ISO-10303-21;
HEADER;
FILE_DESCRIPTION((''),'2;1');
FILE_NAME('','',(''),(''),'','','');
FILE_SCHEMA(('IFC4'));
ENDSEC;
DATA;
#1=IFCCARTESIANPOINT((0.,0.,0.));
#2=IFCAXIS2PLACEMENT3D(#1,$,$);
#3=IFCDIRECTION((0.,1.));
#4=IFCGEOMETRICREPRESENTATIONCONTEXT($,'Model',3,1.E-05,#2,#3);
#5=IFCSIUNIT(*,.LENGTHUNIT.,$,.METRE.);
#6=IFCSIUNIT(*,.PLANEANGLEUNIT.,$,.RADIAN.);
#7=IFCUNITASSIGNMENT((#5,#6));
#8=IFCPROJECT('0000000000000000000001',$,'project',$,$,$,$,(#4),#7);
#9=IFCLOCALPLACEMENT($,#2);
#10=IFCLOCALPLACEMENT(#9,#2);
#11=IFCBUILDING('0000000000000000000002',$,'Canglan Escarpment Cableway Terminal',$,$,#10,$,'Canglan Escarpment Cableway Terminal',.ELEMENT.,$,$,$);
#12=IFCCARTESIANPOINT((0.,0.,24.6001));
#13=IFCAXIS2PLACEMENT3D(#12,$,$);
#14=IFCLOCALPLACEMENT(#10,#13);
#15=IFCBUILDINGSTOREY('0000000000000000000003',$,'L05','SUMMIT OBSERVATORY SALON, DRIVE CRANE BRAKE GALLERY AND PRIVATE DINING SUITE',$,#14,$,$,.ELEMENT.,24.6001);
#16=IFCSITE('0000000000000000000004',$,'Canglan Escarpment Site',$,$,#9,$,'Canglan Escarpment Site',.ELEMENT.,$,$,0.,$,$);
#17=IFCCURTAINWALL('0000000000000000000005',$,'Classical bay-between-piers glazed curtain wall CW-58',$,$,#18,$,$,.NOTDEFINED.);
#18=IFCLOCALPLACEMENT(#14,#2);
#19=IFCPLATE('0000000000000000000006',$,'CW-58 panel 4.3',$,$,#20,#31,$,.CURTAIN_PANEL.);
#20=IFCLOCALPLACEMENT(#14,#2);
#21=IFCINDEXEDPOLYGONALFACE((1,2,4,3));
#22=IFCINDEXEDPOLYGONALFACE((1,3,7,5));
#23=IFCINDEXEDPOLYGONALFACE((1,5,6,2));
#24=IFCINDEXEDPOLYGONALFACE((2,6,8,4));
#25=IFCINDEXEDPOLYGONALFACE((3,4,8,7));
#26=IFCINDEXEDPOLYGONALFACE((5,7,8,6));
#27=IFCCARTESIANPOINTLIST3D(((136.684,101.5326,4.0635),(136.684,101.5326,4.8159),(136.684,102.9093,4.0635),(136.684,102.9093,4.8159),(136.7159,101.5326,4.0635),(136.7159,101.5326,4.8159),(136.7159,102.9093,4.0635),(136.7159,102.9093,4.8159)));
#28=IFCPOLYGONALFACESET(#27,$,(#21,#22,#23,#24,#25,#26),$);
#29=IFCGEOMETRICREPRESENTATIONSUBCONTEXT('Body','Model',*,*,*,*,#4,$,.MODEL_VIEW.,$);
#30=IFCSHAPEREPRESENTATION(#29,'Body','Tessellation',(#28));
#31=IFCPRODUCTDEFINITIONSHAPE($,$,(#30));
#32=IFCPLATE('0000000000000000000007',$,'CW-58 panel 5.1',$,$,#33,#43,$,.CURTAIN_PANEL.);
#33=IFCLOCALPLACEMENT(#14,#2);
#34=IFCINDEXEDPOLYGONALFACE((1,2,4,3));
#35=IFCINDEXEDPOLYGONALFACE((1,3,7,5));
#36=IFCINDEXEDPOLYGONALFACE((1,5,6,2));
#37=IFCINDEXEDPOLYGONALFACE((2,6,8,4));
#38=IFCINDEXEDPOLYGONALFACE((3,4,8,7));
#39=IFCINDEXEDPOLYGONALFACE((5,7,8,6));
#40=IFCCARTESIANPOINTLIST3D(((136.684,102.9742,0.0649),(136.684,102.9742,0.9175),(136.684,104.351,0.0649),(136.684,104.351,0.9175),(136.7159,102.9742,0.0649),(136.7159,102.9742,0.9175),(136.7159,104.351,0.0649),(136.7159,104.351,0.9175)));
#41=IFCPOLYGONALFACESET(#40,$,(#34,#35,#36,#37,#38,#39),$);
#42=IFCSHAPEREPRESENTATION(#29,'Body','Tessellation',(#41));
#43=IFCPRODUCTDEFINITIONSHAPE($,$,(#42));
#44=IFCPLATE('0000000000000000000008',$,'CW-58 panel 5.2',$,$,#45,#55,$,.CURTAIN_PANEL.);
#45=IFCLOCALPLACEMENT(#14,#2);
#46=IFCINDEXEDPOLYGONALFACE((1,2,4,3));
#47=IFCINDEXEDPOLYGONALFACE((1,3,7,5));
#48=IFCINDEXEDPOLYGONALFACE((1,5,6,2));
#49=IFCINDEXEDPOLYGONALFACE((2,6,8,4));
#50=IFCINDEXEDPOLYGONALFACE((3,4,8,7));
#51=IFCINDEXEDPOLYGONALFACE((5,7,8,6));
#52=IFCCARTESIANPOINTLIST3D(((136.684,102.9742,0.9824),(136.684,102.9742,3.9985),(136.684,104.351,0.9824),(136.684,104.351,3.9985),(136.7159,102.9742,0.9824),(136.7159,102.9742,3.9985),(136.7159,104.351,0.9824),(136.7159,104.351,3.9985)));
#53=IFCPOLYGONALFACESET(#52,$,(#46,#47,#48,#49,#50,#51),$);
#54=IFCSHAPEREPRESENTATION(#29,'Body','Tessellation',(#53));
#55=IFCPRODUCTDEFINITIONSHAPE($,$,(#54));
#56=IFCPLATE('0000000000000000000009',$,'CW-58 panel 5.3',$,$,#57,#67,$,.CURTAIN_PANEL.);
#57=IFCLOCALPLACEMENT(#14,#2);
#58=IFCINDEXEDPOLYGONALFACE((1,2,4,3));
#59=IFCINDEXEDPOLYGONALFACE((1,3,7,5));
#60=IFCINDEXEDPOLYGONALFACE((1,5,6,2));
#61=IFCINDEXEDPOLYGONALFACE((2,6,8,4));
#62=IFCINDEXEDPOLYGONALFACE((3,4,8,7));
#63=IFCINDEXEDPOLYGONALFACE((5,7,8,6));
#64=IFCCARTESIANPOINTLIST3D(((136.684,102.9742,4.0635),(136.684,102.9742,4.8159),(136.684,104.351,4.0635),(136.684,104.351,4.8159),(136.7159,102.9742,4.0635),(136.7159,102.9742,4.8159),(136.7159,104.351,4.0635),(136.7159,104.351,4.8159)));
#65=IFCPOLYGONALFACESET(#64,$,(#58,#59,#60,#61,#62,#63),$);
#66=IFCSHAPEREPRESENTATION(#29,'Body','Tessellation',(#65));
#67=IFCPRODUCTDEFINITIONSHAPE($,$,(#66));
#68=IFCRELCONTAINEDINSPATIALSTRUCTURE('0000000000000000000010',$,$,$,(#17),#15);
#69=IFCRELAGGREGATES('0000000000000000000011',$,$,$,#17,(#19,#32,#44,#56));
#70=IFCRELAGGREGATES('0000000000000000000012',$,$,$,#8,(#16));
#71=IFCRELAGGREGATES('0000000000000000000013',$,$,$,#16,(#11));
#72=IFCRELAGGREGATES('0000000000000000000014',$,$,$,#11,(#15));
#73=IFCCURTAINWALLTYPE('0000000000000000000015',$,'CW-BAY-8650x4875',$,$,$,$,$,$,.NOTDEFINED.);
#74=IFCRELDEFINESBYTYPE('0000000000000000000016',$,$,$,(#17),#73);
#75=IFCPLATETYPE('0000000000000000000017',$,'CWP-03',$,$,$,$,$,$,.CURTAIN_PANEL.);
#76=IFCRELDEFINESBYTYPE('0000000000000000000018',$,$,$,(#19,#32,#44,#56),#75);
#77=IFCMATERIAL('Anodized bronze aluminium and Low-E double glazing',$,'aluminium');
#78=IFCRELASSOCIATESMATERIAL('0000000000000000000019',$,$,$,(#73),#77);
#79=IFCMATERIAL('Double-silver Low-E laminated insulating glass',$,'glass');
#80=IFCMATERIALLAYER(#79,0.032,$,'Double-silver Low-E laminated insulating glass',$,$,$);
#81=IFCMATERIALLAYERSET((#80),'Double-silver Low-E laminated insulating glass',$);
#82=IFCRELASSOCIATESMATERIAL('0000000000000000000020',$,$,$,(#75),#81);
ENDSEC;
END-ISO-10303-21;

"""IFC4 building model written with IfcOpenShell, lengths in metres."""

from ifc_helpers import new_model, si_unit, direction, frame, origin, origin_2d, place, context, subcontext, project, spatial, rectangle, extrude, material, layer, layer_set, type_object, element, aggregate, save


model = new_model("IFC4")

# Units and contexts
model_context = context("Model", 3, precision=1e-05, world=origin(), true_north=direction((0.0, 1.0)))
body_context = subcontext(model_context, "Body", "Model", "MODEL_VIEW")
ifc_project = project(units=[si_unit("LENGTHUNIT", "METRE"), si_unit("PLANEANGLEUNIT", "RADIAN")], contexts=[model_context])

# Site, building, storey
site_placement = place(None, origin())
site = spatial("IfcSite", under=ifc_project, at=site_placement, Name="Canglan Escarpment Site", LongName="Canglan Escarpment Site", CompositionType="ELEMENT", RefElevation=0.0)
building_placement = place(site_placement, origin())
building = spatial("IfcBuilding", under=site, at=building_placement, Name="Canglan Escarpment Cableway Terminal", LongName="Canglan Escarpment Cableway Terminal", CompositionType="ELEMENT")
storey_placement = place(building_placement, frame((0.0, 0.0, 24.6001)))
storey = spatial("IfcBuildingStorey", under=building, at=storey_placement, Name="L05", Description="SUMMIT OBSERVATORY SALON, DRIVE CRANE BRAKE GALLERY AND PRIVATE DINING SUITE", CompositionType="ELEMENT", Elevation=24.6001)

# Curtain wall, plates
ifc_material_1 = material(Name="Anodized bronze aluminium and Low-E double glazing", Category="aluminium")
curtain_wall_type = type_object("IfcCurtainWallType", Name="CW-BAY-8650x4875", PredefinedType="NOTDEFINED", material=ifc_material_1)
curtain_wall_placement = place(storey_placement, origin())
curtain_wall = element("IfcCurtainWall", 1, at=curtain_wall_placement, inside=storey, type_object=curtain_wall_type, Name="Classical bay-between-piers glazed curtain wall CW-58", PredefinedType="NOTDEFINED")
ifc_material_2 = material(Name="Double-silver Low-E laminated insulating glass", Category="glass")
ifc_layer = layer(ifc_material_2, 0.032, Name="Double-silver Low-E laminated insulating glass")
ifc_layer_set = layer_set([ifc_layer], Name="Double-silver Low-E laminated insulating glass")
plate_type = type_object("IfcPlateType", Name="CWP-03", PredefinedType="CURTAIN_PANEL", material=ifc_layer_set)
plate_1_placement = place(storey_placement, frame((136.7, 102.2209, 4.0635), z_axis=(0.0, 0.0, 1.0), x_axis=(0.0, 1.0, 0.0)))
plate_1 = element("IfcPlate", 2, at=plate_1_placement, type_object=plate_type, Name="CW-58 panel 4.3", PredefinedType="CURTAIN_PANEL", context=body_context, shape_type="SweptSolid", body=[
    extrude(rectangle(XDim=1.3767, YDim=0.032, at=origin_2d()), origin(), (0.0, 0.0, 1.0), 0.7524),
])
plate_2_placement = place(storey_placement, frame((136.7, 103.6626, 0.0649), z_axis=(0.0, 0.0, 1.0), x_axis=(0.0, 1.0, 0.0)))
plate_2 = element("IfcPlate", 3, at=plate_2_placement, type_object=plate_type, Name="CW-58 panel 5.1", PredefinedType="CURTAIN_PANEL", context=body_context, shape_type="SweptSolid", body=[
    extrude(rectangle(XDim=1.3767, YDim=0.032, at=origin_2d()), origin(), (0.0, 0.0, 1.0), 0.8525),
])
plate_3_placement = place(storey_placement, frame((136.7, 103.6626, 0.9824), z_axis=(0.0, 0.0, 1.0), x_axis=(0.0, 1.0, 0.0)))
plate_3 = element("IfcPlate", 4, at=plate_3_placement, type_object=plate_type, Name="CW-58 panel 5.2", PredefinedType="CURTAIN_PANEL", context=body_context, shape_type="SweptSolid", body=[
    extrude(rectangle(XDim=1.3767, YDim=0.032, at=origin_2d()), origin(), (0.0, 0.0, 1.0), 3.0161),
])
plate_4_placement = place(storey_placement, frame((136.7, 103.6626, 4.0635), z_axis=(0.0, 0.0, 1.0), x_axis=(0.0, 1.0, 0.0)))
plate_4 = element("IfcPlate", 5, at=plate_4_placement, type_object=plate_type, Name="CW-58 panel 5.3", PredefinedType="CURTAIN_PANEL", context=body_context, shape_type="SweptSolid", body=[
    extrude(rectangle(XDim=1.3767, YDim=0.032, at=origin_2d()), origin(), (0.0, 0.0, 1.0), 0.7524),
])
aggregate(curtain_wall, [plate_1, plate_2, plate_3, plate_4])

save(model, "model.ifc")
